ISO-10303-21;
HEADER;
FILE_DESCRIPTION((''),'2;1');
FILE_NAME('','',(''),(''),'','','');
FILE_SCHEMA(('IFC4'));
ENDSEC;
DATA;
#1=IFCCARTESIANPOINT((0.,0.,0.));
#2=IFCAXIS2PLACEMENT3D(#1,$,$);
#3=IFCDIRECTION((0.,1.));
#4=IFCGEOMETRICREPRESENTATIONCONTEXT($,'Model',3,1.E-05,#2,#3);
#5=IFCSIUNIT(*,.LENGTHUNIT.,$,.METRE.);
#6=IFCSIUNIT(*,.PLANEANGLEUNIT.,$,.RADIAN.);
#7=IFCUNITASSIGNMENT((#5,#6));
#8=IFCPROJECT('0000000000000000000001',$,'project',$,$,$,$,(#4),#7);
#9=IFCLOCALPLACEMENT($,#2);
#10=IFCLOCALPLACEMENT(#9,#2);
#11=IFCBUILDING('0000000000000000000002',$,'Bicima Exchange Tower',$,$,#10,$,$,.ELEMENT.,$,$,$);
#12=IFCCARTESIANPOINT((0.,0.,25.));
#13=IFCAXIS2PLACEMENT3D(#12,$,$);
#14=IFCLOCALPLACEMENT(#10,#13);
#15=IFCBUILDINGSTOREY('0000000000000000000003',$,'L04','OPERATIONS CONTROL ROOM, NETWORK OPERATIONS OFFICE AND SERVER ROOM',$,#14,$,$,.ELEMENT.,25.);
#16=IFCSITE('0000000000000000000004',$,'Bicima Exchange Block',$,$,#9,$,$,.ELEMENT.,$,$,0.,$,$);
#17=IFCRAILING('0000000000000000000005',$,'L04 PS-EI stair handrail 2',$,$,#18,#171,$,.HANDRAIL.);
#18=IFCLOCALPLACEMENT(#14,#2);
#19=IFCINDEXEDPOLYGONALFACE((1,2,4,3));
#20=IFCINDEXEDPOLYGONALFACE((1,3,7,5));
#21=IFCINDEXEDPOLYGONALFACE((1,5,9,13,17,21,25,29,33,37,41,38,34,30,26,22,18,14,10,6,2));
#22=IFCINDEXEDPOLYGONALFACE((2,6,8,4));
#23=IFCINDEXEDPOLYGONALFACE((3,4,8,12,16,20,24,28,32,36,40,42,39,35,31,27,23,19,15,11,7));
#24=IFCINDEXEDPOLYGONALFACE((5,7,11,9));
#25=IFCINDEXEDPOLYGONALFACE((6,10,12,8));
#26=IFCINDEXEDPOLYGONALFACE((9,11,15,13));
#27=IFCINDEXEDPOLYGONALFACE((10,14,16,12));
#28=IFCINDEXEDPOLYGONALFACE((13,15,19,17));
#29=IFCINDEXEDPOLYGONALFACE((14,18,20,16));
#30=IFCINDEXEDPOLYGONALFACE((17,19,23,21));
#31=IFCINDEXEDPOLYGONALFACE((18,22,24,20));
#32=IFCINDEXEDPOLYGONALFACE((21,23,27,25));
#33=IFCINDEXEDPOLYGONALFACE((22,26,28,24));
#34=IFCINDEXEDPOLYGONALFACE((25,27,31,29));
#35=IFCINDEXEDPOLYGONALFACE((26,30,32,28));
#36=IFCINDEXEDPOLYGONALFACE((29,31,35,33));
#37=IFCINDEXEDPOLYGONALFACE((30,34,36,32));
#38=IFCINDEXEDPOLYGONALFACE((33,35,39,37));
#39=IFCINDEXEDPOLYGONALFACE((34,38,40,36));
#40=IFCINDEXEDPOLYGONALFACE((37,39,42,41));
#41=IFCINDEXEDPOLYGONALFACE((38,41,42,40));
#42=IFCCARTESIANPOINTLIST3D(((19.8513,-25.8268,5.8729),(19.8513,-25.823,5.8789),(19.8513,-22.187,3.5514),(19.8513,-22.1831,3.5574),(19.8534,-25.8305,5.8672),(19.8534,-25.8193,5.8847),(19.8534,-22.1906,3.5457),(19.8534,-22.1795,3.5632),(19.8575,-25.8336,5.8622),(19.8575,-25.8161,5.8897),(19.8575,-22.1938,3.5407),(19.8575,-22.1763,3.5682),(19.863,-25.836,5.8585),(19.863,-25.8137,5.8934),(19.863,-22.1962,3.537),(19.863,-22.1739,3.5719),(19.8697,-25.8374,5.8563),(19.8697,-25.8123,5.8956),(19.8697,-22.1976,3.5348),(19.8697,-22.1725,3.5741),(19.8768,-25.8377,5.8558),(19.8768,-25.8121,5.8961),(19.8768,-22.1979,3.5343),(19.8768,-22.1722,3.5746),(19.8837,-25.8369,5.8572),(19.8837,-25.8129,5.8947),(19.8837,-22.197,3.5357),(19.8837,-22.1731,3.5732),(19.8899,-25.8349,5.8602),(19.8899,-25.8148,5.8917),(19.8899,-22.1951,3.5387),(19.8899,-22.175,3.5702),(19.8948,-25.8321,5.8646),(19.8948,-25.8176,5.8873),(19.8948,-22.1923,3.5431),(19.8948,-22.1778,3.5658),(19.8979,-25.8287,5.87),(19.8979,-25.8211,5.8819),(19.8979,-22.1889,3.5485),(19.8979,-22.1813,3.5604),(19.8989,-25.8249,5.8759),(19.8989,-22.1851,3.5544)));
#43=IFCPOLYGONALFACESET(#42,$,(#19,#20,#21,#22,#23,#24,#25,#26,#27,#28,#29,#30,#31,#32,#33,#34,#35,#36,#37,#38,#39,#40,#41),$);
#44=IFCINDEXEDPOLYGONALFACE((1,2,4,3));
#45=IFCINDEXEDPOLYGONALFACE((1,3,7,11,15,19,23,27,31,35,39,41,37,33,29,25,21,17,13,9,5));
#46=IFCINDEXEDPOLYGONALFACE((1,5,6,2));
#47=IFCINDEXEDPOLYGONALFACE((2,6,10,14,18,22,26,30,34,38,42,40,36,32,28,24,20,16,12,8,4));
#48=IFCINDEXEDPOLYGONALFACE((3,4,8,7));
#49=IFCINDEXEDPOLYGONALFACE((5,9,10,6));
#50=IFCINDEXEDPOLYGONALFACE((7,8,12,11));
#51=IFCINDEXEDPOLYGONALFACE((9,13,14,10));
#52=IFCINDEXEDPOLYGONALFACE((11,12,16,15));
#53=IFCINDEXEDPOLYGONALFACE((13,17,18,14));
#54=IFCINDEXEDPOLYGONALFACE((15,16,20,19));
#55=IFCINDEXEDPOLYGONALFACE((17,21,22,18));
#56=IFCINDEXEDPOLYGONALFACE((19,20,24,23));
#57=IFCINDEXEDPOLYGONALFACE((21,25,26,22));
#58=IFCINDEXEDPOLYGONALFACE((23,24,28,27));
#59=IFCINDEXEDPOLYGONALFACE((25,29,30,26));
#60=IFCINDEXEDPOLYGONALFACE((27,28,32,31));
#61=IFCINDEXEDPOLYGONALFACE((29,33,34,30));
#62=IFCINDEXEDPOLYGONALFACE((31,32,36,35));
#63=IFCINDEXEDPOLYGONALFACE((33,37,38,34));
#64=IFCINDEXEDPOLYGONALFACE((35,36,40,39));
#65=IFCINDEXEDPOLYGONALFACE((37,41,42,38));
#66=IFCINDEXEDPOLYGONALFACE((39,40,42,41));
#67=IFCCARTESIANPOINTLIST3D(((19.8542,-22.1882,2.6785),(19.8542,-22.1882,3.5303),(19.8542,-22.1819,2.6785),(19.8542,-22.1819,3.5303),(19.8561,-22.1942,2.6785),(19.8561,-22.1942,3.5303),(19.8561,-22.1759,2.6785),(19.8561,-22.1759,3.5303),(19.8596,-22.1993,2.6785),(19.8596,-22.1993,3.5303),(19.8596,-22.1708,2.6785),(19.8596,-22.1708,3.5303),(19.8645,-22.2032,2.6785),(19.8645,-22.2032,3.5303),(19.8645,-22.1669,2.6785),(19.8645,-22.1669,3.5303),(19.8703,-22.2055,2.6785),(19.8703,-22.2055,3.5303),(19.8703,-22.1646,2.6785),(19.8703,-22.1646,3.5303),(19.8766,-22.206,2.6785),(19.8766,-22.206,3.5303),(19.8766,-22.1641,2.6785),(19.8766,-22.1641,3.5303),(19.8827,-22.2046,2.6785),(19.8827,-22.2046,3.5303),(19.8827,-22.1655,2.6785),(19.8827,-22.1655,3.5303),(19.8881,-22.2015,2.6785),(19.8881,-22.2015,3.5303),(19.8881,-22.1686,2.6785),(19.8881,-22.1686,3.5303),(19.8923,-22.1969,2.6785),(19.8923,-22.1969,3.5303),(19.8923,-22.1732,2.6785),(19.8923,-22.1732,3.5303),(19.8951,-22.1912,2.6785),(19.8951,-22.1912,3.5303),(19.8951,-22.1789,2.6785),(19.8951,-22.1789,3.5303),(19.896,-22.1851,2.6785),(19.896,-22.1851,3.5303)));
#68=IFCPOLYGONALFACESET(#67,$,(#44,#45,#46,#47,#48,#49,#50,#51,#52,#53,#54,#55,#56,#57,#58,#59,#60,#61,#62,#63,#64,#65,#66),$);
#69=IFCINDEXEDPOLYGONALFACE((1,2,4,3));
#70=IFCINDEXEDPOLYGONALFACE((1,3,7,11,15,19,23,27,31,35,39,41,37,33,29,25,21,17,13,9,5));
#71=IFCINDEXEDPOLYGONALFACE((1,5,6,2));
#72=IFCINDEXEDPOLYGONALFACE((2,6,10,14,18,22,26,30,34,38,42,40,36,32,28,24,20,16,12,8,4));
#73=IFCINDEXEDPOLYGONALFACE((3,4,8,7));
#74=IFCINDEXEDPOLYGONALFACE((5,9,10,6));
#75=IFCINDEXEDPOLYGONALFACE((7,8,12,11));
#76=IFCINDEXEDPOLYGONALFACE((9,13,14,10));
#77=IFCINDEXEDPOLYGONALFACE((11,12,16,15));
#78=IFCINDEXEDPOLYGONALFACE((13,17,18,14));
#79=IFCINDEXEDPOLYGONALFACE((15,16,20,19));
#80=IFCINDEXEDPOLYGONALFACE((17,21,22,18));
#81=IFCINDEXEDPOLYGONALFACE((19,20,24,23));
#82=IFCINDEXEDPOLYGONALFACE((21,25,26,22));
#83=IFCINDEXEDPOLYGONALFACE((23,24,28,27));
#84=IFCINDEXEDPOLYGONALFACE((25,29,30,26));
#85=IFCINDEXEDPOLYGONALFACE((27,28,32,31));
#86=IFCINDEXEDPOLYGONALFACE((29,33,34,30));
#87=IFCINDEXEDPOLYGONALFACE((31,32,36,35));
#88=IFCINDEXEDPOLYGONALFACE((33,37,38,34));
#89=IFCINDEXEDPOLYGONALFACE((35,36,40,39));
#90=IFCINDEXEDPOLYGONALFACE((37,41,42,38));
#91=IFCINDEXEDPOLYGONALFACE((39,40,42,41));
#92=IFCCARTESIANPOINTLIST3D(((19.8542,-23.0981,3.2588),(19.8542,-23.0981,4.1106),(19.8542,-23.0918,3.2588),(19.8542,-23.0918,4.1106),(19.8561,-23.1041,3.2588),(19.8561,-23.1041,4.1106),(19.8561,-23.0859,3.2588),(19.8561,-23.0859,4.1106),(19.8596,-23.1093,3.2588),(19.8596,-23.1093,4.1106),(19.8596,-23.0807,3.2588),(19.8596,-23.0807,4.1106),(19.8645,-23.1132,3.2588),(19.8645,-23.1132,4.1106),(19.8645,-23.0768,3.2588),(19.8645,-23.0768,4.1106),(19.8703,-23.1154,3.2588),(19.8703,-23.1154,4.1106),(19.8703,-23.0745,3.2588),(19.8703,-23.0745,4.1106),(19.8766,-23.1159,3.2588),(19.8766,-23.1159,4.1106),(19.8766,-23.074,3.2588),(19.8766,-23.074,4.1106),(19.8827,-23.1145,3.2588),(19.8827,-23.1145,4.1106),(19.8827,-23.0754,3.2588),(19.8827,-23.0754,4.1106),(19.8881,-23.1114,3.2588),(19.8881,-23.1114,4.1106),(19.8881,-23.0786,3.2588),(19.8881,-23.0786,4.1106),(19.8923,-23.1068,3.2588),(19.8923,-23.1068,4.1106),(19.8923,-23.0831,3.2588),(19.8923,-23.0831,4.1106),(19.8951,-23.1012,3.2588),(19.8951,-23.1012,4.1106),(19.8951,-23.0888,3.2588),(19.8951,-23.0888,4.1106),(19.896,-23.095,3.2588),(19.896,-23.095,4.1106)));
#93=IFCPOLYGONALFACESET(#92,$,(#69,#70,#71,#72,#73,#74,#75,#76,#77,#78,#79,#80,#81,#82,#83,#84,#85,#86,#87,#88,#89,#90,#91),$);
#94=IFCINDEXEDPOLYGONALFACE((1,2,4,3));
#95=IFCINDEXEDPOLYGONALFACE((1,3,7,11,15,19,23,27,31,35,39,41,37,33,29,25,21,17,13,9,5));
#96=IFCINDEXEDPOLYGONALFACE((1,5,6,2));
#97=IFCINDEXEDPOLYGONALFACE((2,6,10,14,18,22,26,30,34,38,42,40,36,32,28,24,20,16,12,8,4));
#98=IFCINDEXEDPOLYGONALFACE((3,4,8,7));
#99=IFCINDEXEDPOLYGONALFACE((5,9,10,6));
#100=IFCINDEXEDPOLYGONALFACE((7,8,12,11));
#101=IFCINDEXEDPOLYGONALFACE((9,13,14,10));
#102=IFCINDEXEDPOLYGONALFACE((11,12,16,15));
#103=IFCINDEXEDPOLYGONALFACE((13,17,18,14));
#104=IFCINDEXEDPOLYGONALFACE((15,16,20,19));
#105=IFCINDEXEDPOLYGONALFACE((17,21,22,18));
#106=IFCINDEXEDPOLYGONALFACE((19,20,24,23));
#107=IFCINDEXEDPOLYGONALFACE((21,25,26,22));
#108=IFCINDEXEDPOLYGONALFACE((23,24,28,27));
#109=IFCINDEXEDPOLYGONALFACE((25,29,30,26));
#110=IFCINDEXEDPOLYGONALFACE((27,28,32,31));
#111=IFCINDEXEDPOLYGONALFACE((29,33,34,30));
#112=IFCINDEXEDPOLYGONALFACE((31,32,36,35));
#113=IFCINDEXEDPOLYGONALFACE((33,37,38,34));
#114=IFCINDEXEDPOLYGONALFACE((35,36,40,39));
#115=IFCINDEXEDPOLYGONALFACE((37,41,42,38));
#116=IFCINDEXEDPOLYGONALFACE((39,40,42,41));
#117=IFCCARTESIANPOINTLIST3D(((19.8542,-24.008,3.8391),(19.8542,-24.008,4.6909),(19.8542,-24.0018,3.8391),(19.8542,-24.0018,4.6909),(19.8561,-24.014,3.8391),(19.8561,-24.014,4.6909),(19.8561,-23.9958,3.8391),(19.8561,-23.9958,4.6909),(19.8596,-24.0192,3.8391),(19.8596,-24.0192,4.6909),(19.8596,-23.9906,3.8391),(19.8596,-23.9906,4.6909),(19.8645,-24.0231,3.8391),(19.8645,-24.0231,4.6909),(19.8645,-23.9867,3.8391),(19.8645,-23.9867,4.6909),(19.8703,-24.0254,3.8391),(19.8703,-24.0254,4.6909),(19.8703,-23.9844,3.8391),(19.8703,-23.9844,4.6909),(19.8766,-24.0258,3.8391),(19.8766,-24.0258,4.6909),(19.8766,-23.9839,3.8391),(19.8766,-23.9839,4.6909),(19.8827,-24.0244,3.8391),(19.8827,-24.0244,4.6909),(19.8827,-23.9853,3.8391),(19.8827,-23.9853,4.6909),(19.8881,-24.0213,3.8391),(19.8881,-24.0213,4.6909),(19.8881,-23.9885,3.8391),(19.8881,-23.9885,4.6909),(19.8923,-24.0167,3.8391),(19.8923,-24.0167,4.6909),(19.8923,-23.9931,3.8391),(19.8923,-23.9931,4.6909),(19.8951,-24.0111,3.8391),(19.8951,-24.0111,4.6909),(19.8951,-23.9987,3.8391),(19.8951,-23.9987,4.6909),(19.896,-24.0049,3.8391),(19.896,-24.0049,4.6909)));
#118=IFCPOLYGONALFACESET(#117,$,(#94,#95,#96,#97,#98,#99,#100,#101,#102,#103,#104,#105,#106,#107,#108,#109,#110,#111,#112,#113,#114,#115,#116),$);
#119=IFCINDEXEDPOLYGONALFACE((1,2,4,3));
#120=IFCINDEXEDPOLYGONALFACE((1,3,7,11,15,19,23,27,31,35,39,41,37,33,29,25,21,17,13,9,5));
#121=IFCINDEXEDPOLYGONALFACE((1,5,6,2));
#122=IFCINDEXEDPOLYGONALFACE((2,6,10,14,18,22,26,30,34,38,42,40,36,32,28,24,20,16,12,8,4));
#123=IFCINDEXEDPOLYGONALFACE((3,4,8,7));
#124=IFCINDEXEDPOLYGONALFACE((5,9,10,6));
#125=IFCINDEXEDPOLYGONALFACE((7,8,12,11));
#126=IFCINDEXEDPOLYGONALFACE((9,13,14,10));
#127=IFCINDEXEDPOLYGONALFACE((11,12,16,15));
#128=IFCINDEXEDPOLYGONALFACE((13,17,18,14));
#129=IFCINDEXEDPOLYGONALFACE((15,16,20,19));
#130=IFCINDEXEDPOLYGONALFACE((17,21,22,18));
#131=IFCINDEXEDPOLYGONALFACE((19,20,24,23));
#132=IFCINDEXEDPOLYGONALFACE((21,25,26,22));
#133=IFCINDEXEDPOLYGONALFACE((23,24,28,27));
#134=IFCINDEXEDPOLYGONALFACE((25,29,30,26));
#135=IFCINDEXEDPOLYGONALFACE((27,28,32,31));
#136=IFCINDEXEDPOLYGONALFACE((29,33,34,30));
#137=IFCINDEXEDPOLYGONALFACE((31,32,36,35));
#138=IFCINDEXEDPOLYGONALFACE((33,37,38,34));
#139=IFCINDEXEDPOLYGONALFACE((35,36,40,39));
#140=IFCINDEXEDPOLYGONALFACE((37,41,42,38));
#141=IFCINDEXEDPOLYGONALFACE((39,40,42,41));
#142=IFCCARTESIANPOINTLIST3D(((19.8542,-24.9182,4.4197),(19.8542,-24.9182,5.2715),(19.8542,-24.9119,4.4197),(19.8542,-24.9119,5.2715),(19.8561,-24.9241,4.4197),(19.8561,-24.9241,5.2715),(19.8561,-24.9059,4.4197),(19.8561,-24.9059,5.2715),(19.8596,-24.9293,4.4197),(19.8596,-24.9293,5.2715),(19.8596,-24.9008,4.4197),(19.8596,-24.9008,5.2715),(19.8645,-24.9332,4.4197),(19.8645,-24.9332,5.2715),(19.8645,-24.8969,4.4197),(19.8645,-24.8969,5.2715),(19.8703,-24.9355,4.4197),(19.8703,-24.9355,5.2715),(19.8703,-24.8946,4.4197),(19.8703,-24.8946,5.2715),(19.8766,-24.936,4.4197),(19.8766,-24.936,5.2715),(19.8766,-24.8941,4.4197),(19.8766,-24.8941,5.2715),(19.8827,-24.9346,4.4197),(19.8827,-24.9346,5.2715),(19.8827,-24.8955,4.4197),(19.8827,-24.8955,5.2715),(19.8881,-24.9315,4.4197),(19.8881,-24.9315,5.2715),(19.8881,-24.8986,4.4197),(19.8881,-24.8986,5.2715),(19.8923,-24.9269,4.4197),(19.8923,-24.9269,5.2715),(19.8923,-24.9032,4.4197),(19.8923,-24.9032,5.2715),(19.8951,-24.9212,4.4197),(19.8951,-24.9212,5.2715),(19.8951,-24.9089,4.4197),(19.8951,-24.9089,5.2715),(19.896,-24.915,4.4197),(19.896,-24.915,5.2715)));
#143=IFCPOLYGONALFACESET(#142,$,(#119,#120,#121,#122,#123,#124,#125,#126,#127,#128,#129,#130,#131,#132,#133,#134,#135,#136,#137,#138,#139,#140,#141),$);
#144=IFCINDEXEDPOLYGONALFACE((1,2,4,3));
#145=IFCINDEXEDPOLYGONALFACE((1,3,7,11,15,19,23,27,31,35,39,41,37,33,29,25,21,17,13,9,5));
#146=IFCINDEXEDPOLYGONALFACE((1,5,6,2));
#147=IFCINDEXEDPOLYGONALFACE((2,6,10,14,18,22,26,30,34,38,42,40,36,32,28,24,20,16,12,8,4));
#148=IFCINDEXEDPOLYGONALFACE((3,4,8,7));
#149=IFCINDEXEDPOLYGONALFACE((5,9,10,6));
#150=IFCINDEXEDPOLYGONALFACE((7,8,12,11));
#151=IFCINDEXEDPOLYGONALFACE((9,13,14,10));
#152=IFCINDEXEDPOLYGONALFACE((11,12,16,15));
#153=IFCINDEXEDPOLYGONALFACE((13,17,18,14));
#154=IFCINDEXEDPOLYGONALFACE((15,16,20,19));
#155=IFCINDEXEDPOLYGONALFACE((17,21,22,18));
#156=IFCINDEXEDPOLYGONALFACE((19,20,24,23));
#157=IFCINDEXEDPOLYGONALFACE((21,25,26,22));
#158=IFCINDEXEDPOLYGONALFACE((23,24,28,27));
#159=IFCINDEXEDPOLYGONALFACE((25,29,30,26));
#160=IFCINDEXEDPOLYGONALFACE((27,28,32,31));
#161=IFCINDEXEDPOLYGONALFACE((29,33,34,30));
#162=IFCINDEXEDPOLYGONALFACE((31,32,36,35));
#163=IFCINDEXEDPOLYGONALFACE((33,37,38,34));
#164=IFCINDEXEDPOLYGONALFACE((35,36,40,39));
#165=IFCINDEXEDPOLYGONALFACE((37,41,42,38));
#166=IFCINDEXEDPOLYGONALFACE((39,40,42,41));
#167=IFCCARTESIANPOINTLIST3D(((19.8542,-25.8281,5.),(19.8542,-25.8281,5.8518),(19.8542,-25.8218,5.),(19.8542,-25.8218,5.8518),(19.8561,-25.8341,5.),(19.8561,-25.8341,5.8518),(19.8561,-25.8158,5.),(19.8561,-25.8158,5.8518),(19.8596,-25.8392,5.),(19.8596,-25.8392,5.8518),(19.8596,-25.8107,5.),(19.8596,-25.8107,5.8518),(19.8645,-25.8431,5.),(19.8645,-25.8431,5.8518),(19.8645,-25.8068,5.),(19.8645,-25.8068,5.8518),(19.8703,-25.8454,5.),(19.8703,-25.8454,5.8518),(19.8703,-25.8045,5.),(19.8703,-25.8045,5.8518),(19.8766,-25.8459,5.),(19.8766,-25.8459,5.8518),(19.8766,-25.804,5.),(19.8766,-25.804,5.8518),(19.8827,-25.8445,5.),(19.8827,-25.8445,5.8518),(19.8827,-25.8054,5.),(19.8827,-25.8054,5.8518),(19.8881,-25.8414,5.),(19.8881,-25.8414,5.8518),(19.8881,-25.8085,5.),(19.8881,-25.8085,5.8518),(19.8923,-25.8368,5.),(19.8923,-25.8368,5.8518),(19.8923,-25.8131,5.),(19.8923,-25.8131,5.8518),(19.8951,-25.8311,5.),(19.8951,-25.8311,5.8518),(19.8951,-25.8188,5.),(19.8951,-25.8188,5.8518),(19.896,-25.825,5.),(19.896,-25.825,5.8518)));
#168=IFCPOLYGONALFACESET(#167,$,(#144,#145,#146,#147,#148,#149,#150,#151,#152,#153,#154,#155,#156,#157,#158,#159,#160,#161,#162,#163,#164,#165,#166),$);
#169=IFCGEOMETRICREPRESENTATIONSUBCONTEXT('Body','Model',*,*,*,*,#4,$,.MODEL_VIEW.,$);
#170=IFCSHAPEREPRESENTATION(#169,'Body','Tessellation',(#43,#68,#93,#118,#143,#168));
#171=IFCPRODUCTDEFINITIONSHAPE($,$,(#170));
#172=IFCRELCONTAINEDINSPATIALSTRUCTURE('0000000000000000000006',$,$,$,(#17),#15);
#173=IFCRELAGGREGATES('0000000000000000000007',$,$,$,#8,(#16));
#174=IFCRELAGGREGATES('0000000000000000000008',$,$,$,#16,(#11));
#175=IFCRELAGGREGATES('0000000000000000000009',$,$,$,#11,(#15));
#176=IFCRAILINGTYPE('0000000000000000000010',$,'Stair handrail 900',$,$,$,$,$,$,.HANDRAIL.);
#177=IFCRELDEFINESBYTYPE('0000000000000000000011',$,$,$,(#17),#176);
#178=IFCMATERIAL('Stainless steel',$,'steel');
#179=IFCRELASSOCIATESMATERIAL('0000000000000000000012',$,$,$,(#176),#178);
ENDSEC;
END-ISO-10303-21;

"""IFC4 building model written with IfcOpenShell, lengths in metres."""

from ifc_helpers import new_model, si_unit, direction, frame, origin, origin_2d, place, context, subcontext, project, spatial, circle, extrude, material, type_object, element, save


model = new_model("IFC4")

# Units and contexts
model_context = context("Model", 3, precision=1e-05, world=origin(), true_north=direction((0.0, 1.0)))
body_context = subcontext(model_context, "Body", "Model", "MODEL_VIEW")
ifc_project = project(units=[si_unit("LENGTHUNIT", "METRE"), si_unit("PLANEANGLEUNIT", "RADIAN")], contexts=[model_context])

# Site, building, storey
site_placement = place(None, origin())
site = spatial("IfcSite", under=ifc_project, at=site_placement, Name="Bicima Exchange Block", CompositionType="ELEMENT", RefElevation=0.0)
building_placement = place(site_placement, origin())
building = spatial("IfcBuilding", under=site, at=building_placement, Name="Bicima Exchange Tower", CompositionType="ELEMENT")
storey_placement = place(building_placement, frame((0.0, 0.0, 25.0)))
storey = spatial("IfcBuildingStorey", under=building, at=storey_placement, Name="L04", Description="OPERATIONS CONTROL ROOM, NETWORK OPERATIONS OFFICE AND SERVER ROOM", CompositionType="ELEMENT", Elevation=25.0)

# Railing
ifc_material_1 = material(Name="Stainless steel", Category="steel")
railing_type_1 = type_object("IfcRailingType", Name="Stair handrail 900", PredefinedType="HANDRAIL", material=ifc_material_1)
railing_1_placement = place(storey_placement, frame((19.875, -22.1851, 2.6785)))
element("IfcRailing", 1, at=railing_1_placement, inside=storey, type_object=railing_type_1, Name="L04 PS-EI stair handrail 2", PredefinedType="HANDRAIL", context=body_context, shape_type="SweptSolid", body=[
    extrude(circle(Radius=0.0239, at=origin_2d()), frame((0.0, 0.0, 0.876), z_axis=(0.0, -0.843112, 0.537739), x_axis=(1.0, 0.0, 0.0)), (0.0, 0.0, 1.0), 4.3171),
    extrude(circle(Radius=0.021, at=origin_2d()), origin(), (0.0, 0.0, 1.0), 0.8518),
    extrude(circle(Radius=0.021, at=origin_2d()), frame((0.0, -0.9099, 0.5803)), (0.0, 0.0, 1.0), 0.8518),
    extrude(circle(Radius=0.021, at=origin_2d()), frame((0.0, -1.8198, 1.1606)), (0.0, 0.0, 1.0), 0.8518),
    extrude(circle(Radius=0.021, at=origin_2d()), frame((0.0, -2.73, 1.7412)), (0.0, 0.0, 1.0), 0.8518),
    extrude(circle(Radius=0.021, at=origin_2d()), frame((0.0, -3.6399, 2.3215)), (0.0, 0.0, 1.0), 0.8518),
])

save(model, "model.ifc")
